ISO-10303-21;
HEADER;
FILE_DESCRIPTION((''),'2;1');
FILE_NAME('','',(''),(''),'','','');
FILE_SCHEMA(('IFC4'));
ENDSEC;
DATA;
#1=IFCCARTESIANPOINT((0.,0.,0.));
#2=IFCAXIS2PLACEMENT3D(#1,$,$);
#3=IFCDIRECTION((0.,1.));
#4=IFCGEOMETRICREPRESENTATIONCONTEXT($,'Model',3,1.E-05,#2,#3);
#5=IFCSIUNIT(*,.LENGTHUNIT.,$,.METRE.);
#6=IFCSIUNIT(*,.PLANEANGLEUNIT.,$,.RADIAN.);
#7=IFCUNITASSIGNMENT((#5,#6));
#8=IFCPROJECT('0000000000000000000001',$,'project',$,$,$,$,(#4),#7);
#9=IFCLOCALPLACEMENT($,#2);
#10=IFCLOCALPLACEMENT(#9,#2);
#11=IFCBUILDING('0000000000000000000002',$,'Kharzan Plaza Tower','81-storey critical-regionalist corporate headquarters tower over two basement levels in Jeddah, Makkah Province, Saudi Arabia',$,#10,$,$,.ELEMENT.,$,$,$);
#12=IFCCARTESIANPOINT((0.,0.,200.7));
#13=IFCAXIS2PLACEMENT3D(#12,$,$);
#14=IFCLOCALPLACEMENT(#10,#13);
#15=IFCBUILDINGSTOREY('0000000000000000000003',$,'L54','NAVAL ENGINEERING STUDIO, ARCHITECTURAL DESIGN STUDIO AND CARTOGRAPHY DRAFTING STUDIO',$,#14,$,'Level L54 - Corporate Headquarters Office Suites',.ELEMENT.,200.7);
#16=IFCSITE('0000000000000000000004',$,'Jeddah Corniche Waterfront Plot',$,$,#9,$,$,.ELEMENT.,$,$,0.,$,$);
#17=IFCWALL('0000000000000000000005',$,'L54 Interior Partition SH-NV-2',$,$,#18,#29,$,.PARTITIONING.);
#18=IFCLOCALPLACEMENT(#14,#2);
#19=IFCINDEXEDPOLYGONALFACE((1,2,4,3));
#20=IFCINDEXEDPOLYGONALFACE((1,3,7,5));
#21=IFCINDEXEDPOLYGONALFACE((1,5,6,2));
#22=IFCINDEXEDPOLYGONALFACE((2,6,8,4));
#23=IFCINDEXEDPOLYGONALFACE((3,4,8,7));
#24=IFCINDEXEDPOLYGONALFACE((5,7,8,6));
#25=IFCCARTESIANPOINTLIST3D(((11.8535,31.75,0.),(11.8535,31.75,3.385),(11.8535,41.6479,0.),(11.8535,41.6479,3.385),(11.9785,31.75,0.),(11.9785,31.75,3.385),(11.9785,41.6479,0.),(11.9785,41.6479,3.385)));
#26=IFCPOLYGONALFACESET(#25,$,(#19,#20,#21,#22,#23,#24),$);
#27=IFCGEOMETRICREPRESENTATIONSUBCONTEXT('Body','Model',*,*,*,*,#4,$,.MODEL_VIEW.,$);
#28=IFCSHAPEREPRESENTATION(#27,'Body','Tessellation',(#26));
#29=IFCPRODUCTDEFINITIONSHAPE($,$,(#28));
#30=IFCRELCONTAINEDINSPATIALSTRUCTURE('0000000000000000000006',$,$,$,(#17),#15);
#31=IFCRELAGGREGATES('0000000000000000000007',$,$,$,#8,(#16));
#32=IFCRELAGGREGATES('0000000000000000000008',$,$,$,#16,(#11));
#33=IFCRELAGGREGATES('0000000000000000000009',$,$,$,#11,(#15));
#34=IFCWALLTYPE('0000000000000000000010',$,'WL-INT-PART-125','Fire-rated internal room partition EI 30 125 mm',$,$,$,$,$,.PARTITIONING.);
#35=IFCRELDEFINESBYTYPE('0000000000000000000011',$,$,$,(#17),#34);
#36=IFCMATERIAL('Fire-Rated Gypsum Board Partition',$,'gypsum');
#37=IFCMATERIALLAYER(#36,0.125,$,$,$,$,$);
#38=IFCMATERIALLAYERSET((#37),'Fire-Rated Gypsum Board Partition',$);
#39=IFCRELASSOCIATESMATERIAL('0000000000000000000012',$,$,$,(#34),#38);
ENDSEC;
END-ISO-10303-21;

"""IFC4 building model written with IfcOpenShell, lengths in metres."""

from ifc_helpers import new_model, si_unit, direction, frame, frame_2d, origin, place, context, subcontext, project, spatial, rectangle, extrude, source, transform, mapped, material, layer, layer_set, type_object, element, save


model = new_model("IFC4")

# Units and contexts
model_context = context("Model", 3, precision=1e-05, world=origin(), true_north=direction((0.0, 1.0)))
body_context = subcontext(model_context, "Body", "Model", "MODEL_VIEW")
ifc_project = project(units=[si_unit("LENGTHUNIT", "METRE"), si_unit("PLANEANGLEUNIT", "RADIAN")], contexts=[model_context])

# Site, building, storey
site_placement = place(None, origin())
site = spatial("IfcSite", under=ifc_project, at=site_placement, Name="Jeddah Corniche Waterfront Plot", CompositionType="ELEMENT", RefElevation=0.0)
building_placement = place(site_placement, origin())
building = spatial("IfcBuilding", under=site, at=building_placement, Name="Kharzan Plaza Tower", Description="81-storey critical-regionalist corporate headquarters tower over two basement levels in Jeddah, Makkah Province, Saudi Arabia", CompositionType="ELEMENT")
storey_placement = place(building_placement, frame((0.0, 0.0, 200.7)))
storey = spatial("IfcBuildingStorey", under=building, at=storey_placement, Name="L54", Description="NAVAL ENGINEERING STUDIO, ARCHITECTURAL DESIGN STUDIO AND CARTOGRAPHY DRAFTING STUDIO", LongName="Level L54 - Corporate Headquarters Office Suites", CompositionType="ELEMENT", Elevation=200.7)

# Shared definitions
ifc_material_1 = material(Name="Fire-Rated Gypsum Board Partition", Category="gypsum")
ifc_layer_1 = layer(ifc_material_1, 0.125)
ifc_layer_set_1 = layer_set([ifc_layer_1], Name="Fire-Rated Gypsum Board Partition")
wall_type_1 = type_object("IfcWallType", Name="WL-INT-PART-125", Description="Fire-rated internal room partition EI 30 125 mm", PredefinedType="PARTITIONING", material=ifc_layer_set_1)

# Wall
shared_shape_1 = source(origin(), body_context, "Body", "SweptSolid", [
    extrude(rectangle(XDim=9.8979, YDim=0.125, at=frame_2d((4.949, 0.0))), origin(), (0.0, 0.0, 1.0), 3.385),
])
for number, where, z_axis, x_axis, name in (
    (1, (11.916, 31.75, 0.0), (0.0, 0.0, 1.0), (0.0, 1.0, 0.0), "L54 Interior Partition SH-NV-2"),
):
    element("IfcWall", number, at=place(storey_placement, frame(where, z_axis=z_axis, x_axis=x_axis)), inside=storey, type_object=wall_type_1, Name=name, PredefinedType="PARTITIONING", context=body_context, shape_type="MappedRepresentation", body=[
        mapped(shared_shape_1, transform((0.0, 0.0, 0.0), x_axis=(1.0, 0.0, 0.0), y_axis=(0.0, 1.0, 0.0), z_axis=(0.0, 0.0, 1.0))),
    ])

save(model, "model.ifc")
